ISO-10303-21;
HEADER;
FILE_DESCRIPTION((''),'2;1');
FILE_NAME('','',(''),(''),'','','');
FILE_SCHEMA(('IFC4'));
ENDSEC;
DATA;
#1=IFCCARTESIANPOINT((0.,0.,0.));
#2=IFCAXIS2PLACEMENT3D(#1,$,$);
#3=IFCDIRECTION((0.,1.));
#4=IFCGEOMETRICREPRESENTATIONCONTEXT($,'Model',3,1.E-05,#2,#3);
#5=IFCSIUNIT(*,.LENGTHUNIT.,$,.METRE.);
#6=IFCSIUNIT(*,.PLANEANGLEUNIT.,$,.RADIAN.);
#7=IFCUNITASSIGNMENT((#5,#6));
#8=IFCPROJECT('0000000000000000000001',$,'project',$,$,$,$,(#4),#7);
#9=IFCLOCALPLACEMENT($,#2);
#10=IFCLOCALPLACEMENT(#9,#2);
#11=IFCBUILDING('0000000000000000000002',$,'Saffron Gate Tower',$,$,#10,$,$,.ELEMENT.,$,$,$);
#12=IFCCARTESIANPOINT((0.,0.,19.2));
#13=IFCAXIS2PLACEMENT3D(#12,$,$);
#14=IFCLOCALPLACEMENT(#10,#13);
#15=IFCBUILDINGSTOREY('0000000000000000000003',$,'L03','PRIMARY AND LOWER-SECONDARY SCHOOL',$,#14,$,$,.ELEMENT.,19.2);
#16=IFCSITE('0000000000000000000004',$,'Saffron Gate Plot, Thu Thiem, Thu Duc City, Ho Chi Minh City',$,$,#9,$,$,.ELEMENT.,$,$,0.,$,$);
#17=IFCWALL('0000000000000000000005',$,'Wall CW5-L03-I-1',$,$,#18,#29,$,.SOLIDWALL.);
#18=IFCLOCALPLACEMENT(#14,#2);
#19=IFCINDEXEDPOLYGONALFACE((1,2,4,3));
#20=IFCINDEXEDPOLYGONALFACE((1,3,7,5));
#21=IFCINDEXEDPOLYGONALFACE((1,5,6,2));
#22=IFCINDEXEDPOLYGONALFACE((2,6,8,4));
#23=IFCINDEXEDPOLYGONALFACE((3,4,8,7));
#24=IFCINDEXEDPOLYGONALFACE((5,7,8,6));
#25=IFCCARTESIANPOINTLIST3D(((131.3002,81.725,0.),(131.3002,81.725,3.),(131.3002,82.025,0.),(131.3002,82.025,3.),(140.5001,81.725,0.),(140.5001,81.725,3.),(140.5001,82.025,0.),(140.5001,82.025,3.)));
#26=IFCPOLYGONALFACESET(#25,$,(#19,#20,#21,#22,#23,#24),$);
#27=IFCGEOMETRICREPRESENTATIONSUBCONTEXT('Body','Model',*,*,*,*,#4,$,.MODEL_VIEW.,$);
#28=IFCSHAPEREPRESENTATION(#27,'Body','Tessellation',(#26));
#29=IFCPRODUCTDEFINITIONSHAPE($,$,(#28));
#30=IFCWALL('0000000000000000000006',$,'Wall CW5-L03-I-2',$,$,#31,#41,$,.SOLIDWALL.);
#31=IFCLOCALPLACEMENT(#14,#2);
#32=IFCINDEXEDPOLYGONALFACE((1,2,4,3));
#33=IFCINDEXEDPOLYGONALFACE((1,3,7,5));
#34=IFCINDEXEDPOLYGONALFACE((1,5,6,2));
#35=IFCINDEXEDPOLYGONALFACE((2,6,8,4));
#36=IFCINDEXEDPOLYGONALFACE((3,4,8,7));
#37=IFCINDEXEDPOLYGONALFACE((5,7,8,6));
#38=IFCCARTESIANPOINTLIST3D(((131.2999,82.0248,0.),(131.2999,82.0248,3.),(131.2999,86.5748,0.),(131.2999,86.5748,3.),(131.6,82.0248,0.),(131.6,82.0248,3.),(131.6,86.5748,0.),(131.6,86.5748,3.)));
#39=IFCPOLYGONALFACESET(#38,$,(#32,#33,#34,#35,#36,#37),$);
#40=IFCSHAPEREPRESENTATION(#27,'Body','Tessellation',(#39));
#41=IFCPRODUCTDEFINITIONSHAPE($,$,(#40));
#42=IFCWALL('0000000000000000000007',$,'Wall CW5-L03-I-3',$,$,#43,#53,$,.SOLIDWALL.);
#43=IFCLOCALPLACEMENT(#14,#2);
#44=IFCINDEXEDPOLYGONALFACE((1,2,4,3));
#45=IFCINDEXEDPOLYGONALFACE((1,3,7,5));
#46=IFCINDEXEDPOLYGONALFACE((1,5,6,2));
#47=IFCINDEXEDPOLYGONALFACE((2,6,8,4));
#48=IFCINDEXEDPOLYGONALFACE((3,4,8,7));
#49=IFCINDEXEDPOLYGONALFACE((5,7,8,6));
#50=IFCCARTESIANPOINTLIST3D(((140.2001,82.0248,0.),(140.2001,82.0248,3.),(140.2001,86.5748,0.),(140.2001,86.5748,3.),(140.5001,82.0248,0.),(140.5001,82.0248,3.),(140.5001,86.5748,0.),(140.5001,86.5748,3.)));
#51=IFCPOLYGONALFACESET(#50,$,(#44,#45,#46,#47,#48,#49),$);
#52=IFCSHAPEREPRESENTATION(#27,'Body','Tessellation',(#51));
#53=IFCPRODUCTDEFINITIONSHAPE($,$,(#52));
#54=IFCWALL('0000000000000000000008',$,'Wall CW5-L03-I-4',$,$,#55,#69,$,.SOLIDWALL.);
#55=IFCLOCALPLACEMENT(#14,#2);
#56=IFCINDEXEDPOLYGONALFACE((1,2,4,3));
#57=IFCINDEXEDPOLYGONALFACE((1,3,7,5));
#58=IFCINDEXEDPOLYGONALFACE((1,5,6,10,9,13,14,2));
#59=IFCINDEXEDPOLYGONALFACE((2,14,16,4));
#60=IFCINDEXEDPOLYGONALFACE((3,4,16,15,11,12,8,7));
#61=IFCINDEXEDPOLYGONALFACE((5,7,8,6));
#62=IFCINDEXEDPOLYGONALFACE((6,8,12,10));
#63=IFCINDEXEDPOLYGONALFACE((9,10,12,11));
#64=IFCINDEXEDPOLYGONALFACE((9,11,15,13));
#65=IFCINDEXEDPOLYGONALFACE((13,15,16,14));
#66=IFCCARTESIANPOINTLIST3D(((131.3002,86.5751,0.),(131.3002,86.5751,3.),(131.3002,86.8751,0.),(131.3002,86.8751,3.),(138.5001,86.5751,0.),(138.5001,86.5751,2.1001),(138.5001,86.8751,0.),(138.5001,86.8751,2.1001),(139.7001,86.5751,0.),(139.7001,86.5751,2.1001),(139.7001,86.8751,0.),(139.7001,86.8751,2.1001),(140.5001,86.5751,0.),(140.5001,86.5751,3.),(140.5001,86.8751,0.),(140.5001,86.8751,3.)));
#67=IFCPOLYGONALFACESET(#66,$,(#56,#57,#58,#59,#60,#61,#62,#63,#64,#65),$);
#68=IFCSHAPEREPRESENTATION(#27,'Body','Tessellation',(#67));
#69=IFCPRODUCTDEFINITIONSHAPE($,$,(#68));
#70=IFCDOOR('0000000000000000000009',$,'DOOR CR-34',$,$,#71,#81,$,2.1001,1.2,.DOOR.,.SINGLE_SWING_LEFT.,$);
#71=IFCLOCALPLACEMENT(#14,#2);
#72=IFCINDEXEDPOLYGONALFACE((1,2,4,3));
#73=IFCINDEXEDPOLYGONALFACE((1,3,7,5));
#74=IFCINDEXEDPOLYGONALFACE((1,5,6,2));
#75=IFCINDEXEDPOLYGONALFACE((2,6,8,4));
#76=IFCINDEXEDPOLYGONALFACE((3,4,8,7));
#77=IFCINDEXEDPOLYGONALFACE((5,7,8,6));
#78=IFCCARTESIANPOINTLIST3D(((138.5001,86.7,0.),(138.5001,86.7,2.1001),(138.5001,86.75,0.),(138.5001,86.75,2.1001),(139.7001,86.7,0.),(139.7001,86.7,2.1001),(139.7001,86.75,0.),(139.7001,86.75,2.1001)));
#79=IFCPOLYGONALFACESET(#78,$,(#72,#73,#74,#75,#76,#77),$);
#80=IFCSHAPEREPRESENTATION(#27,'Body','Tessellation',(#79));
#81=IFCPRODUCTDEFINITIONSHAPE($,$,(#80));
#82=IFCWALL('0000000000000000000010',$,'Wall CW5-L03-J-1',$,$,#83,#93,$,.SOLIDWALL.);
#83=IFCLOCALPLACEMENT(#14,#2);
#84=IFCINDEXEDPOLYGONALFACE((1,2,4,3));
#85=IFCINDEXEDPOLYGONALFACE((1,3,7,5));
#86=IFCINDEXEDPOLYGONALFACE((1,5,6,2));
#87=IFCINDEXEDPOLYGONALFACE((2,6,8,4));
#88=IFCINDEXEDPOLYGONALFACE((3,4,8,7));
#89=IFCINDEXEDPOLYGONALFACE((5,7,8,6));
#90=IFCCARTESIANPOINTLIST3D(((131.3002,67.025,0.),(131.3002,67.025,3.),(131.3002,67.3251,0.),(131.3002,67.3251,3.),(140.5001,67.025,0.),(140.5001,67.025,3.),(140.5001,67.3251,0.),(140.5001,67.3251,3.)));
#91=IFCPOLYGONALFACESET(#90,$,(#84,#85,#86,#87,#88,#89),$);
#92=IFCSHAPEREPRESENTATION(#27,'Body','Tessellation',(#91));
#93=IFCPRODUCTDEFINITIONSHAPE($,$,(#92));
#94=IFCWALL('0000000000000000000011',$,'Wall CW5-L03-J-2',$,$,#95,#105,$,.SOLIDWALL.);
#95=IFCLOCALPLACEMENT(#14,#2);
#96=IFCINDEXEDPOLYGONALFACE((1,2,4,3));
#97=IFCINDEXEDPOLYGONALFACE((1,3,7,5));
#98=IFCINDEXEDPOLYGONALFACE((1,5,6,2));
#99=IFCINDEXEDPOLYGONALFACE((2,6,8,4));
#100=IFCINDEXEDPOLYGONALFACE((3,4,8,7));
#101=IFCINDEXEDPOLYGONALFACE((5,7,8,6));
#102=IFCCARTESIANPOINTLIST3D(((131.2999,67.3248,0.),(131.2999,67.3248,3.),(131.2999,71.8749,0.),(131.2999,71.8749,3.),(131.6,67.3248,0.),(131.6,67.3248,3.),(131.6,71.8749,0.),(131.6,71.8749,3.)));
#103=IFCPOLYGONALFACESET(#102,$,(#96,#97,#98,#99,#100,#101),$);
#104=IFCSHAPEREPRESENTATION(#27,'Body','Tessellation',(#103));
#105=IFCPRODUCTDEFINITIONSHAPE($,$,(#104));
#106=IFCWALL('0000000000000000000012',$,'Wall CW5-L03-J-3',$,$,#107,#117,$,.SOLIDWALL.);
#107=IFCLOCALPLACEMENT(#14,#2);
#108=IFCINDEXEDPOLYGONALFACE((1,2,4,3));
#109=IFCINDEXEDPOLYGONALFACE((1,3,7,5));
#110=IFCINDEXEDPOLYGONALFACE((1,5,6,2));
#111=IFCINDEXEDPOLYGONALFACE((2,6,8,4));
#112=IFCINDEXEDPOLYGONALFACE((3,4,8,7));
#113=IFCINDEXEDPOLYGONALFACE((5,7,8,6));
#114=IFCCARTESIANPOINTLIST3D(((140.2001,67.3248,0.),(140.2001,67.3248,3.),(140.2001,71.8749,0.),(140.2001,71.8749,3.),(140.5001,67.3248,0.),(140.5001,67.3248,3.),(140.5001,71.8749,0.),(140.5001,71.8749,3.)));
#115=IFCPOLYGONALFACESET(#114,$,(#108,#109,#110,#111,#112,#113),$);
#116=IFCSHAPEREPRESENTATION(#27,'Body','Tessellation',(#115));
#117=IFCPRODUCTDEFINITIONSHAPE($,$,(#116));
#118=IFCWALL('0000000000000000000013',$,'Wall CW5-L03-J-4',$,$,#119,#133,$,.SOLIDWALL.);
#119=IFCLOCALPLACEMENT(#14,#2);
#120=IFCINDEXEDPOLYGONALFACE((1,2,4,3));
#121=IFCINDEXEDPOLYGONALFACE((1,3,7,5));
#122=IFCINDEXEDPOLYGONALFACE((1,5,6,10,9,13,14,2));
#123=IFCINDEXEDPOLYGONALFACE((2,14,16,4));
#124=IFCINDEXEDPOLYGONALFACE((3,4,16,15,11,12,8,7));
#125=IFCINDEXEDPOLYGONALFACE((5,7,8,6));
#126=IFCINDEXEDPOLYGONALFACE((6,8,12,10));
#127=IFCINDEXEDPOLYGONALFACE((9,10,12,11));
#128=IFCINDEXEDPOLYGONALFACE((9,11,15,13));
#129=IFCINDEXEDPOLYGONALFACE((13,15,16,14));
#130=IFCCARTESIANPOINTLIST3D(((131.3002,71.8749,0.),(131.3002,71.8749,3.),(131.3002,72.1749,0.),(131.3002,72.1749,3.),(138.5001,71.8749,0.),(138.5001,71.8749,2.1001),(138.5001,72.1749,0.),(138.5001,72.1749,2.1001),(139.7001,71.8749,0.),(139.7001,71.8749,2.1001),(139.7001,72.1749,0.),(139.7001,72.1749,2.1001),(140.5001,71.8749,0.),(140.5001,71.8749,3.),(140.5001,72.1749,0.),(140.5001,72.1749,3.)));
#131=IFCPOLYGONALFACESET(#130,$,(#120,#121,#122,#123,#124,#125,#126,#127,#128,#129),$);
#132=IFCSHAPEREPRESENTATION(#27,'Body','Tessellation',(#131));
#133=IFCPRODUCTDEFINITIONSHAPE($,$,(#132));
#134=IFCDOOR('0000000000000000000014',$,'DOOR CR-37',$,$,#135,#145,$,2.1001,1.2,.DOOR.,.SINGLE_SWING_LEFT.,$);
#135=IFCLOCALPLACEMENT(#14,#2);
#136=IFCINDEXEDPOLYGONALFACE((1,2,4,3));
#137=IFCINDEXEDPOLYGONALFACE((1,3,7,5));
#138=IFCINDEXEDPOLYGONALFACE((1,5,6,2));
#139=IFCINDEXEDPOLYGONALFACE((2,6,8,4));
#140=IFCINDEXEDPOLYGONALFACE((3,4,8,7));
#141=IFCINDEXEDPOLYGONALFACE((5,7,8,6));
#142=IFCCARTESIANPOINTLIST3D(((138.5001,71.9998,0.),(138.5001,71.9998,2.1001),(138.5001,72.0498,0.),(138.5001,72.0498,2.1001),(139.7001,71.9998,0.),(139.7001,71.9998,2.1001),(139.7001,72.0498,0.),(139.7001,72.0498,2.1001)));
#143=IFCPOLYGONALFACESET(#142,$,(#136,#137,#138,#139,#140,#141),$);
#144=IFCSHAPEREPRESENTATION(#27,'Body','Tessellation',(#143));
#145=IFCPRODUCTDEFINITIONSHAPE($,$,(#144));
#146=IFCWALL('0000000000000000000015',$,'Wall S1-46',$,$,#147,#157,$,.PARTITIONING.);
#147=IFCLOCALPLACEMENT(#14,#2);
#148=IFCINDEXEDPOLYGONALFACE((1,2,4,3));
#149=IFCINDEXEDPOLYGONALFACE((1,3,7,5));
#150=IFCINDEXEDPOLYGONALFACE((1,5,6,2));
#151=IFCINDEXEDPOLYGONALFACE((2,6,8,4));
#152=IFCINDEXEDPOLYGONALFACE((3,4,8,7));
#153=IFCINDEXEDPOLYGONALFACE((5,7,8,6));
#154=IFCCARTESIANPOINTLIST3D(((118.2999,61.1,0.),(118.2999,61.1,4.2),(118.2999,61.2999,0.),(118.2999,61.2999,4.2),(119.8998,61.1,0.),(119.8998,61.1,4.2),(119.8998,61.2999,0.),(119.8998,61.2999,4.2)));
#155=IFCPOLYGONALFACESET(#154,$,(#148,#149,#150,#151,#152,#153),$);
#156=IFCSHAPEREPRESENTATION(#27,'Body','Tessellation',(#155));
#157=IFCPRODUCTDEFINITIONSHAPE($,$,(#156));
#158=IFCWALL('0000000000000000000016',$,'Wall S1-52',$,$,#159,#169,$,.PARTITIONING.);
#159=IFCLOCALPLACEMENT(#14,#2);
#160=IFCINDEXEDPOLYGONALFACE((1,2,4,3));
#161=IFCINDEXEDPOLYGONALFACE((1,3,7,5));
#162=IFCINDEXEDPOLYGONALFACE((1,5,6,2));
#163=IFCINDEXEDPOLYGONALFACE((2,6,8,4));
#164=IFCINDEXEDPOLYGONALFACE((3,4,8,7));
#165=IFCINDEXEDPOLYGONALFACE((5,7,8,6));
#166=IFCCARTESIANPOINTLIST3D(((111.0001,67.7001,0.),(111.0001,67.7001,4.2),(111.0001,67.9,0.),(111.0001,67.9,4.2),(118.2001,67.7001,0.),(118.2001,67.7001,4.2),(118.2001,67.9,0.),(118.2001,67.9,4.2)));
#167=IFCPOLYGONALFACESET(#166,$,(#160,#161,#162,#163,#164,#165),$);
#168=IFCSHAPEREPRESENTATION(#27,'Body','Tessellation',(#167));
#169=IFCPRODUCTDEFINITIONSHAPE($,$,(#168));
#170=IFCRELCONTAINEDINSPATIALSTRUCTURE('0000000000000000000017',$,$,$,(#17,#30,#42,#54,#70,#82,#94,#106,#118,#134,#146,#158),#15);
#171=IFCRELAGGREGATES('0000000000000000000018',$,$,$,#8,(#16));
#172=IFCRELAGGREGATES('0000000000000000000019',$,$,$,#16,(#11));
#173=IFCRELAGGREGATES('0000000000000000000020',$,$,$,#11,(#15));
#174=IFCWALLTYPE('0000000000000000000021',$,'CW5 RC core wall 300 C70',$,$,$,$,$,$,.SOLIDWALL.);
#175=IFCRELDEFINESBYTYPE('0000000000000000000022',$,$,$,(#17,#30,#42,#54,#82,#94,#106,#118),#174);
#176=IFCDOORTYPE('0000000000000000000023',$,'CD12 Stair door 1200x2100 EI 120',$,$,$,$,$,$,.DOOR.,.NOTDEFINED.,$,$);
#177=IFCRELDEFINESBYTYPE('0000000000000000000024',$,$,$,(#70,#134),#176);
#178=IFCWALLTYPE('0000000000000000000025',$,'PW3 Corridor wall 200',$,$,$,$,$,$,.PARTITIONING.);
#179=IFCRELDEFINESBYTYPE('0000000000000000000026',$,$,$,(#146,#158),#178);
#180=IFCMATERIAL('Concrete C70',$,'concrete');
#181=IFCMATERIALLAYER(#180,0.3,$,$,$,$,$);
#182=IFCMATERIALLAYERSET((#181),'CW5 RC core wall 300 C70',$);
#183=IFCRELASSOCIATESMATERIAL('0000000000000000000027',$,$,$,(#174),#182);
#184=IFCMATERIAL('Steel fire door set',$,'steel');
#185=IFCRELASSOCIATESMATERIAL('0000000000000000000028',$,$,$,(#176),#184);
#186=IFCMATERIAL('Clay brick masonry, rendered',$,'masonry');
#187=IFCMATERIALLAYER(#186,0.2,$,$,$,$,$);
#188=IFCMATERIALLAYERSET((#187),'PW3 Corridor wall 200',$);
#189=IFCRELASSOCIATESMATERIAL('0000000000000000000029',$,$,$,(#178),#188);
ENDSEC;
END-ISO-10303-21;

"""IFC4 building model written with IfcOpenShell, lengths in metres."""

from ifc_helpers import new_model, si_unit, direction, frame, frame_2d, origin, place, context, subcontext, project, spatial, rectangle, extrude, material, layer, layer_set, type_object, element, fill, save


model = new_model("IFC4")

# Units and contexts
model_context = context("Model", 3, precision=1e-05, world=origin(), true_north=direction((0.0, 1.0)))
body_context = subcontext(model_context, "Body", "Model", "MODEL_VIEW")
ifc_project = project(units=[si_unit("LENGTHUNIT", "METRE"), si_unit("PLANEANGLEUNIT", "RADIAN")], contexts=[model_context])

# Site, building, storey
site_placement = place(None, origin())
site = spatial("IfcSite", under=ifc_project, at=site_placement, Name="Saffron Gate Plot, Thu Thiem, Thu Duc City, Ho Chi Minh City", CompositionType="ELEMENT", RefElevation=0.0)
building_placement = place(site_placement, origin())
building = spatial("IfcBuilding", under=site, at=building_placement, Name="Saffron Gate Tower", CompositionType="ELEMENT")
storey_placement = place(building_placement, frame((0.0, 0.0, 19.2)))
storey = spatial("IfcBuildingStorey", under=building, at=storey_placement, Name="L03", Description="PRIMARY AND LOWER-SECONDARY SCHOOL", CompositionType="ELEMENT", Elevation=19.2)

# Walls
ifc_material_1 = material(Name="Concrete C70", Category="concrete")
ifc_layer_1 = layer(ifc_material_1, 0.3)
ifc_layer_set_1 = layer_set([ifc_layer_1], Name="CW5 RC core wall 300 C70")
wall_type_1 = type_object("IfcWallType", Name="CW5 RC core wall 300 C70", PredefinedType="SOLIDWALL", material=ifc_layer_set_1)
wall_1_placement = place(storey_placement, frame((131.3, 81.875, 0.0), z_axis=(0.0, 0.0, 1.0), x_axis=(1.0, 0.0, 0.0)))
element("IfcWall", 1, at=wall_1_placement, inside=storey, type_object=wall_type_1, Name="Wall CW5-L03-I-1", PredefinedType="SOLIDWALL", context=body_context, shape_type="SweptSolid", body=[
    extrude(rectangle(XDim=9.2, YDim=0.3, at=frame_2d((4.6001, 0.0))), origin(), (0.0, 0.0, 1.0), 3.0),
])
for number, where, z_axis, x_axis, name in (
    (2, (131.45, 82.0249, 0.0), (0.0, 0.0, 1.0), (0.0, 1.0, 0.0), "Wall CW5-L03-I-2"),
    (3, (140.3501, 82.0249, 0.0), (0.0, 0.0, 1.0), (0.0, 1.0, 0.0), "Wall CW5-L03-I-3"),
):
    element("IfcWall", number, at=place(storey_placement, frame(where, z_axis=z_axis, x_axis=x_axis)), inside=storey, type_object=wall_type_1, Name=name, PredefinedType="SOLIDWALL", context=body_context, shape_type="SweptSolid", body=[
        extrude(rectangle(XDim=4.55, YDim=0.3, at=frame_2d((2.2749, 0.0))), origin(), (0.0, 0.0, 1.0), 3.0),
    ])

# Wall, opening, door
wall_2_placement = place(storey_placement, frame((131.3, 86.7251, 0.0), z_axis=(0.0, 0.0, 1.0), x_axis=(1.0, 0.0, 0.0)))
wall_2 = element("IfcWall", 4, at=wall_2_placement, inside=storey, type_object=wall_type_1, Name="Wall CW5-L03-I-4", PredefinedType="SOLIDWALL", context=body_context, shape_type="SweptSolid", body=[
    extrude(rectangle(XDim=9.2, YDim=0.3, at=frame_2d((4.6001, 0.0))), origin(), (0.0, 0.0, 1.0), 3.0),
])
opening_1_placement = place(wall_2_placement, frame((7.2, 0.0, 0.0)))
opening_1 = element("IfcOpeningElement", 5, at=opening_1_placement, cuts=wall_2, PredefinedType="OPENING", context=body_context, shape_type="SweptSolid", body=[
    extrude(rectangle(XDim=1.2, YDim=2.1001, at=frame_2d((0.6001, 1.05))), frame((0.0, 0.1602, 0.0), z_axis=(0.0, -1.0, 0.0), x_axis=(1.0, 0.0, 0.0)), (0.0, 0.0, 1.0), 0.3201),
])
ifc_material_2 = material(Name="Steel fire door set", Category="steel")
door_type_1 = type_object("IfcDoorType", Name="CD12 Stair door 1200x2100 EI 120", OperationType="NOTDEFINED", PredefinedType="DOOR", material=ifc_material_2)
door_1_placement = place(opening_1_placement, origin())
door_1 = element("IfcDoor", 6, at=door_1_placement, inside=storey, type_object=door_type_1, Name="DOOR CR-34", OperationType="SINGLE_SWING_LEFT", OverallHeight=2.1001, OverallWidth=1.2, PredefinedType="DOOR", context=body_context, shape_type="SweptSolid", body=[
    extrude(rectangle(XDim=1.2, YDim=2.1001, at=frame_2d((0.6001, 1.05))), frame((0.0, 0.0249, 0.0), z_axis=(0.0, -1.0, 0.0), x_axis=(1.0, 0.0, 0.0)), (0.0, 0.0, 1.0), 0.05),
])
fill(opening_1, door_1)

# Walls
wall_3_placement = place(storey_placement, frame((131.3, 67.175, 0.0), z_axis=(0.0, 0.0, 1.0), x_axis=(1.0, 0.0, 0.0)))
element("IfcWall", 7, at=wall_3_placement, inside=storey, type_object=wall_type_1, Name="Wall CW5-L03-J-1", PredefinedType="SOLIDWALL", context=body_context, shape_type="SweptSolid", body=[
    extrude(rectangle(XDim=9.2, YDim=0.3, at=frame_2d((4.6001, 0.0))), origin(), (0.0, 0.0, 1.0), 3.0),
])
for number, where, z_axis, x_axis, name in (
    (8, (131.45, 67.325, 0.0), (0.0, 0.0, 1.0), (0.0, 1.0, 0.0), "Wall CW5-L03-J-2"),
    (9, (140.3501, 67.325, 0.0), (0.0, 0.0, 1.0), (0.0, 1.0, 0.0), "Wall CW5-L03-J-3"),
):
    element("IfcWall", number, at=place(storey_placement, frame(where, z_axis=z_axis, x_axis=x_axis)), inside=storey, type_object=wall_type_1, Name=name, PredefinedType="SOLIDWALL", context=body_context, shape_type="SweptSolid", body=[
        extrude(rectangle(XDim=4.55, YDim=0.3, at=frame_2d((2.2749, 0.0))), origin(), (0.0, 0.0, 1.0), 3.0),
    ])

# Wall, opening, door
wall_4_placement = place(storey_placement, frame((131.3, 72.0249, 0.0), z_axis=(0.0, 0.0, 1.0), x_axis=(1.0, 0.0, 0.0)))
wall_4 = element("IfcWall", 10, at=wall_4_placement, inside=storey, type_object=wall_type_1, Name="Wall CW5-L03-J-4", PredefinedType="SOLIDWALL", context=body_context, shape_type="SweptSolid", body=[
    extrude(rectangle(XDim=9.2, YDim=0.3, at=frame_2d((4.6001, 0.0))), origin(), (0.0, 0.0, 1.0), 3.0),
])
opening_2_placement = place(wall_4_placement, frame((7.2, 0.0, 0.0)))
opening_2 = element("IfcOpeningElement", 11, at=opening_2_placement, cuts=wall_4, PredefinedType="OPENING", context=body_context, shape_type="SweptSolid", body=[
    extrude(rectangle(XDim=1.2, YDim=2.1001, at=frame_2d((0.6001, 1.05))), frame((0.0, 0.1602, 0.0), z_axis=(0.0, -1.0, 0.0), x_axis=(1.0, 0.0, 0.0)), (0.0, 0.0, 1.0), 0.3201),
])
door_2_placement = place(opening_2_placement, origin())
door_2 = element("IfcDoor", 12, at=door_2_placement, inside=storey, type_object=door_type_1, Name="DOOR CR-37", OperationType="SINGLE_SWING_LEFT", OverallHeight=2.1001, OverallWidth=1.2, PredefinedType="DOOR", context=body_context, shape_type="SweptSolid", body=[
    extrude(rectangle(XDim=1.2, YDim=2.1001, at=frame_2d((0.6001, 1.05))), frame((0.0, 0.0249, 0.0), z_axis=(0.0, -1.0, 0.0), x_axis=(1.0, 0.0, 0.0)), (0.0, 0.0, 1.0), 0.05),
])
fill(opening_2, door_2)

# Walls
ifc_material_3 = material(Name="Clay brick masonry, rendered", Category="masonry")
ifc_layer_2 = layer(ifc_material_3, 0.2)
ifc_layer_set_2 = layer_set([ifc_layer_2], Name="PW3 Corridor wall 200")
wall_type_2 = type_object("IfcWallType", Name="PW3 Corridor wall 200", PredefinedType="PARTITIONING", material=ifc_layer_set_2)
wall_5_placement = place(storey_placement, frame((118.3, 61.2, 0.0), z_axis=(0.0, 0.0, 1.0), x_axis=(1.0, 0.0, 0.0)))
element("IfcWall", 13, at=wall_5_placement, inside=storey, type_object=wall_type_2, Name="Wall S1-46", PredefinedType="PARTITIONING", context=body_context, shape_type="SweptSolid", body=[
    extrude(rectangle(XDim=1.5999, YDim=0.2, at=frame_2d((0.7998, 0.0))), origin(), (0.0, 0.0, 1.0), 4.2),
])
wall_6_placement = place(storey_placement, frame((111.0, 67.8, 0.0), z_axis=(0.0, 0.0, 1.0), x_axis=(1.0, 0.0, 0.0)))
element("IfcWall", 14, at=wall_6_placement, inside=storey, type_object=wall_type_2, Name="Wall S1-52", PredefinedType="PARTITIONING", context=body_context, shape_type="SweptSolid", body=[
    extrude(rectangle(XDim=7.2, YDim=0.2, at=frame_2d((3.6001, 0.0))), origin(), (0.0, 0.0, 1.0), 4.2),
])

save(model, "model.ifc")
